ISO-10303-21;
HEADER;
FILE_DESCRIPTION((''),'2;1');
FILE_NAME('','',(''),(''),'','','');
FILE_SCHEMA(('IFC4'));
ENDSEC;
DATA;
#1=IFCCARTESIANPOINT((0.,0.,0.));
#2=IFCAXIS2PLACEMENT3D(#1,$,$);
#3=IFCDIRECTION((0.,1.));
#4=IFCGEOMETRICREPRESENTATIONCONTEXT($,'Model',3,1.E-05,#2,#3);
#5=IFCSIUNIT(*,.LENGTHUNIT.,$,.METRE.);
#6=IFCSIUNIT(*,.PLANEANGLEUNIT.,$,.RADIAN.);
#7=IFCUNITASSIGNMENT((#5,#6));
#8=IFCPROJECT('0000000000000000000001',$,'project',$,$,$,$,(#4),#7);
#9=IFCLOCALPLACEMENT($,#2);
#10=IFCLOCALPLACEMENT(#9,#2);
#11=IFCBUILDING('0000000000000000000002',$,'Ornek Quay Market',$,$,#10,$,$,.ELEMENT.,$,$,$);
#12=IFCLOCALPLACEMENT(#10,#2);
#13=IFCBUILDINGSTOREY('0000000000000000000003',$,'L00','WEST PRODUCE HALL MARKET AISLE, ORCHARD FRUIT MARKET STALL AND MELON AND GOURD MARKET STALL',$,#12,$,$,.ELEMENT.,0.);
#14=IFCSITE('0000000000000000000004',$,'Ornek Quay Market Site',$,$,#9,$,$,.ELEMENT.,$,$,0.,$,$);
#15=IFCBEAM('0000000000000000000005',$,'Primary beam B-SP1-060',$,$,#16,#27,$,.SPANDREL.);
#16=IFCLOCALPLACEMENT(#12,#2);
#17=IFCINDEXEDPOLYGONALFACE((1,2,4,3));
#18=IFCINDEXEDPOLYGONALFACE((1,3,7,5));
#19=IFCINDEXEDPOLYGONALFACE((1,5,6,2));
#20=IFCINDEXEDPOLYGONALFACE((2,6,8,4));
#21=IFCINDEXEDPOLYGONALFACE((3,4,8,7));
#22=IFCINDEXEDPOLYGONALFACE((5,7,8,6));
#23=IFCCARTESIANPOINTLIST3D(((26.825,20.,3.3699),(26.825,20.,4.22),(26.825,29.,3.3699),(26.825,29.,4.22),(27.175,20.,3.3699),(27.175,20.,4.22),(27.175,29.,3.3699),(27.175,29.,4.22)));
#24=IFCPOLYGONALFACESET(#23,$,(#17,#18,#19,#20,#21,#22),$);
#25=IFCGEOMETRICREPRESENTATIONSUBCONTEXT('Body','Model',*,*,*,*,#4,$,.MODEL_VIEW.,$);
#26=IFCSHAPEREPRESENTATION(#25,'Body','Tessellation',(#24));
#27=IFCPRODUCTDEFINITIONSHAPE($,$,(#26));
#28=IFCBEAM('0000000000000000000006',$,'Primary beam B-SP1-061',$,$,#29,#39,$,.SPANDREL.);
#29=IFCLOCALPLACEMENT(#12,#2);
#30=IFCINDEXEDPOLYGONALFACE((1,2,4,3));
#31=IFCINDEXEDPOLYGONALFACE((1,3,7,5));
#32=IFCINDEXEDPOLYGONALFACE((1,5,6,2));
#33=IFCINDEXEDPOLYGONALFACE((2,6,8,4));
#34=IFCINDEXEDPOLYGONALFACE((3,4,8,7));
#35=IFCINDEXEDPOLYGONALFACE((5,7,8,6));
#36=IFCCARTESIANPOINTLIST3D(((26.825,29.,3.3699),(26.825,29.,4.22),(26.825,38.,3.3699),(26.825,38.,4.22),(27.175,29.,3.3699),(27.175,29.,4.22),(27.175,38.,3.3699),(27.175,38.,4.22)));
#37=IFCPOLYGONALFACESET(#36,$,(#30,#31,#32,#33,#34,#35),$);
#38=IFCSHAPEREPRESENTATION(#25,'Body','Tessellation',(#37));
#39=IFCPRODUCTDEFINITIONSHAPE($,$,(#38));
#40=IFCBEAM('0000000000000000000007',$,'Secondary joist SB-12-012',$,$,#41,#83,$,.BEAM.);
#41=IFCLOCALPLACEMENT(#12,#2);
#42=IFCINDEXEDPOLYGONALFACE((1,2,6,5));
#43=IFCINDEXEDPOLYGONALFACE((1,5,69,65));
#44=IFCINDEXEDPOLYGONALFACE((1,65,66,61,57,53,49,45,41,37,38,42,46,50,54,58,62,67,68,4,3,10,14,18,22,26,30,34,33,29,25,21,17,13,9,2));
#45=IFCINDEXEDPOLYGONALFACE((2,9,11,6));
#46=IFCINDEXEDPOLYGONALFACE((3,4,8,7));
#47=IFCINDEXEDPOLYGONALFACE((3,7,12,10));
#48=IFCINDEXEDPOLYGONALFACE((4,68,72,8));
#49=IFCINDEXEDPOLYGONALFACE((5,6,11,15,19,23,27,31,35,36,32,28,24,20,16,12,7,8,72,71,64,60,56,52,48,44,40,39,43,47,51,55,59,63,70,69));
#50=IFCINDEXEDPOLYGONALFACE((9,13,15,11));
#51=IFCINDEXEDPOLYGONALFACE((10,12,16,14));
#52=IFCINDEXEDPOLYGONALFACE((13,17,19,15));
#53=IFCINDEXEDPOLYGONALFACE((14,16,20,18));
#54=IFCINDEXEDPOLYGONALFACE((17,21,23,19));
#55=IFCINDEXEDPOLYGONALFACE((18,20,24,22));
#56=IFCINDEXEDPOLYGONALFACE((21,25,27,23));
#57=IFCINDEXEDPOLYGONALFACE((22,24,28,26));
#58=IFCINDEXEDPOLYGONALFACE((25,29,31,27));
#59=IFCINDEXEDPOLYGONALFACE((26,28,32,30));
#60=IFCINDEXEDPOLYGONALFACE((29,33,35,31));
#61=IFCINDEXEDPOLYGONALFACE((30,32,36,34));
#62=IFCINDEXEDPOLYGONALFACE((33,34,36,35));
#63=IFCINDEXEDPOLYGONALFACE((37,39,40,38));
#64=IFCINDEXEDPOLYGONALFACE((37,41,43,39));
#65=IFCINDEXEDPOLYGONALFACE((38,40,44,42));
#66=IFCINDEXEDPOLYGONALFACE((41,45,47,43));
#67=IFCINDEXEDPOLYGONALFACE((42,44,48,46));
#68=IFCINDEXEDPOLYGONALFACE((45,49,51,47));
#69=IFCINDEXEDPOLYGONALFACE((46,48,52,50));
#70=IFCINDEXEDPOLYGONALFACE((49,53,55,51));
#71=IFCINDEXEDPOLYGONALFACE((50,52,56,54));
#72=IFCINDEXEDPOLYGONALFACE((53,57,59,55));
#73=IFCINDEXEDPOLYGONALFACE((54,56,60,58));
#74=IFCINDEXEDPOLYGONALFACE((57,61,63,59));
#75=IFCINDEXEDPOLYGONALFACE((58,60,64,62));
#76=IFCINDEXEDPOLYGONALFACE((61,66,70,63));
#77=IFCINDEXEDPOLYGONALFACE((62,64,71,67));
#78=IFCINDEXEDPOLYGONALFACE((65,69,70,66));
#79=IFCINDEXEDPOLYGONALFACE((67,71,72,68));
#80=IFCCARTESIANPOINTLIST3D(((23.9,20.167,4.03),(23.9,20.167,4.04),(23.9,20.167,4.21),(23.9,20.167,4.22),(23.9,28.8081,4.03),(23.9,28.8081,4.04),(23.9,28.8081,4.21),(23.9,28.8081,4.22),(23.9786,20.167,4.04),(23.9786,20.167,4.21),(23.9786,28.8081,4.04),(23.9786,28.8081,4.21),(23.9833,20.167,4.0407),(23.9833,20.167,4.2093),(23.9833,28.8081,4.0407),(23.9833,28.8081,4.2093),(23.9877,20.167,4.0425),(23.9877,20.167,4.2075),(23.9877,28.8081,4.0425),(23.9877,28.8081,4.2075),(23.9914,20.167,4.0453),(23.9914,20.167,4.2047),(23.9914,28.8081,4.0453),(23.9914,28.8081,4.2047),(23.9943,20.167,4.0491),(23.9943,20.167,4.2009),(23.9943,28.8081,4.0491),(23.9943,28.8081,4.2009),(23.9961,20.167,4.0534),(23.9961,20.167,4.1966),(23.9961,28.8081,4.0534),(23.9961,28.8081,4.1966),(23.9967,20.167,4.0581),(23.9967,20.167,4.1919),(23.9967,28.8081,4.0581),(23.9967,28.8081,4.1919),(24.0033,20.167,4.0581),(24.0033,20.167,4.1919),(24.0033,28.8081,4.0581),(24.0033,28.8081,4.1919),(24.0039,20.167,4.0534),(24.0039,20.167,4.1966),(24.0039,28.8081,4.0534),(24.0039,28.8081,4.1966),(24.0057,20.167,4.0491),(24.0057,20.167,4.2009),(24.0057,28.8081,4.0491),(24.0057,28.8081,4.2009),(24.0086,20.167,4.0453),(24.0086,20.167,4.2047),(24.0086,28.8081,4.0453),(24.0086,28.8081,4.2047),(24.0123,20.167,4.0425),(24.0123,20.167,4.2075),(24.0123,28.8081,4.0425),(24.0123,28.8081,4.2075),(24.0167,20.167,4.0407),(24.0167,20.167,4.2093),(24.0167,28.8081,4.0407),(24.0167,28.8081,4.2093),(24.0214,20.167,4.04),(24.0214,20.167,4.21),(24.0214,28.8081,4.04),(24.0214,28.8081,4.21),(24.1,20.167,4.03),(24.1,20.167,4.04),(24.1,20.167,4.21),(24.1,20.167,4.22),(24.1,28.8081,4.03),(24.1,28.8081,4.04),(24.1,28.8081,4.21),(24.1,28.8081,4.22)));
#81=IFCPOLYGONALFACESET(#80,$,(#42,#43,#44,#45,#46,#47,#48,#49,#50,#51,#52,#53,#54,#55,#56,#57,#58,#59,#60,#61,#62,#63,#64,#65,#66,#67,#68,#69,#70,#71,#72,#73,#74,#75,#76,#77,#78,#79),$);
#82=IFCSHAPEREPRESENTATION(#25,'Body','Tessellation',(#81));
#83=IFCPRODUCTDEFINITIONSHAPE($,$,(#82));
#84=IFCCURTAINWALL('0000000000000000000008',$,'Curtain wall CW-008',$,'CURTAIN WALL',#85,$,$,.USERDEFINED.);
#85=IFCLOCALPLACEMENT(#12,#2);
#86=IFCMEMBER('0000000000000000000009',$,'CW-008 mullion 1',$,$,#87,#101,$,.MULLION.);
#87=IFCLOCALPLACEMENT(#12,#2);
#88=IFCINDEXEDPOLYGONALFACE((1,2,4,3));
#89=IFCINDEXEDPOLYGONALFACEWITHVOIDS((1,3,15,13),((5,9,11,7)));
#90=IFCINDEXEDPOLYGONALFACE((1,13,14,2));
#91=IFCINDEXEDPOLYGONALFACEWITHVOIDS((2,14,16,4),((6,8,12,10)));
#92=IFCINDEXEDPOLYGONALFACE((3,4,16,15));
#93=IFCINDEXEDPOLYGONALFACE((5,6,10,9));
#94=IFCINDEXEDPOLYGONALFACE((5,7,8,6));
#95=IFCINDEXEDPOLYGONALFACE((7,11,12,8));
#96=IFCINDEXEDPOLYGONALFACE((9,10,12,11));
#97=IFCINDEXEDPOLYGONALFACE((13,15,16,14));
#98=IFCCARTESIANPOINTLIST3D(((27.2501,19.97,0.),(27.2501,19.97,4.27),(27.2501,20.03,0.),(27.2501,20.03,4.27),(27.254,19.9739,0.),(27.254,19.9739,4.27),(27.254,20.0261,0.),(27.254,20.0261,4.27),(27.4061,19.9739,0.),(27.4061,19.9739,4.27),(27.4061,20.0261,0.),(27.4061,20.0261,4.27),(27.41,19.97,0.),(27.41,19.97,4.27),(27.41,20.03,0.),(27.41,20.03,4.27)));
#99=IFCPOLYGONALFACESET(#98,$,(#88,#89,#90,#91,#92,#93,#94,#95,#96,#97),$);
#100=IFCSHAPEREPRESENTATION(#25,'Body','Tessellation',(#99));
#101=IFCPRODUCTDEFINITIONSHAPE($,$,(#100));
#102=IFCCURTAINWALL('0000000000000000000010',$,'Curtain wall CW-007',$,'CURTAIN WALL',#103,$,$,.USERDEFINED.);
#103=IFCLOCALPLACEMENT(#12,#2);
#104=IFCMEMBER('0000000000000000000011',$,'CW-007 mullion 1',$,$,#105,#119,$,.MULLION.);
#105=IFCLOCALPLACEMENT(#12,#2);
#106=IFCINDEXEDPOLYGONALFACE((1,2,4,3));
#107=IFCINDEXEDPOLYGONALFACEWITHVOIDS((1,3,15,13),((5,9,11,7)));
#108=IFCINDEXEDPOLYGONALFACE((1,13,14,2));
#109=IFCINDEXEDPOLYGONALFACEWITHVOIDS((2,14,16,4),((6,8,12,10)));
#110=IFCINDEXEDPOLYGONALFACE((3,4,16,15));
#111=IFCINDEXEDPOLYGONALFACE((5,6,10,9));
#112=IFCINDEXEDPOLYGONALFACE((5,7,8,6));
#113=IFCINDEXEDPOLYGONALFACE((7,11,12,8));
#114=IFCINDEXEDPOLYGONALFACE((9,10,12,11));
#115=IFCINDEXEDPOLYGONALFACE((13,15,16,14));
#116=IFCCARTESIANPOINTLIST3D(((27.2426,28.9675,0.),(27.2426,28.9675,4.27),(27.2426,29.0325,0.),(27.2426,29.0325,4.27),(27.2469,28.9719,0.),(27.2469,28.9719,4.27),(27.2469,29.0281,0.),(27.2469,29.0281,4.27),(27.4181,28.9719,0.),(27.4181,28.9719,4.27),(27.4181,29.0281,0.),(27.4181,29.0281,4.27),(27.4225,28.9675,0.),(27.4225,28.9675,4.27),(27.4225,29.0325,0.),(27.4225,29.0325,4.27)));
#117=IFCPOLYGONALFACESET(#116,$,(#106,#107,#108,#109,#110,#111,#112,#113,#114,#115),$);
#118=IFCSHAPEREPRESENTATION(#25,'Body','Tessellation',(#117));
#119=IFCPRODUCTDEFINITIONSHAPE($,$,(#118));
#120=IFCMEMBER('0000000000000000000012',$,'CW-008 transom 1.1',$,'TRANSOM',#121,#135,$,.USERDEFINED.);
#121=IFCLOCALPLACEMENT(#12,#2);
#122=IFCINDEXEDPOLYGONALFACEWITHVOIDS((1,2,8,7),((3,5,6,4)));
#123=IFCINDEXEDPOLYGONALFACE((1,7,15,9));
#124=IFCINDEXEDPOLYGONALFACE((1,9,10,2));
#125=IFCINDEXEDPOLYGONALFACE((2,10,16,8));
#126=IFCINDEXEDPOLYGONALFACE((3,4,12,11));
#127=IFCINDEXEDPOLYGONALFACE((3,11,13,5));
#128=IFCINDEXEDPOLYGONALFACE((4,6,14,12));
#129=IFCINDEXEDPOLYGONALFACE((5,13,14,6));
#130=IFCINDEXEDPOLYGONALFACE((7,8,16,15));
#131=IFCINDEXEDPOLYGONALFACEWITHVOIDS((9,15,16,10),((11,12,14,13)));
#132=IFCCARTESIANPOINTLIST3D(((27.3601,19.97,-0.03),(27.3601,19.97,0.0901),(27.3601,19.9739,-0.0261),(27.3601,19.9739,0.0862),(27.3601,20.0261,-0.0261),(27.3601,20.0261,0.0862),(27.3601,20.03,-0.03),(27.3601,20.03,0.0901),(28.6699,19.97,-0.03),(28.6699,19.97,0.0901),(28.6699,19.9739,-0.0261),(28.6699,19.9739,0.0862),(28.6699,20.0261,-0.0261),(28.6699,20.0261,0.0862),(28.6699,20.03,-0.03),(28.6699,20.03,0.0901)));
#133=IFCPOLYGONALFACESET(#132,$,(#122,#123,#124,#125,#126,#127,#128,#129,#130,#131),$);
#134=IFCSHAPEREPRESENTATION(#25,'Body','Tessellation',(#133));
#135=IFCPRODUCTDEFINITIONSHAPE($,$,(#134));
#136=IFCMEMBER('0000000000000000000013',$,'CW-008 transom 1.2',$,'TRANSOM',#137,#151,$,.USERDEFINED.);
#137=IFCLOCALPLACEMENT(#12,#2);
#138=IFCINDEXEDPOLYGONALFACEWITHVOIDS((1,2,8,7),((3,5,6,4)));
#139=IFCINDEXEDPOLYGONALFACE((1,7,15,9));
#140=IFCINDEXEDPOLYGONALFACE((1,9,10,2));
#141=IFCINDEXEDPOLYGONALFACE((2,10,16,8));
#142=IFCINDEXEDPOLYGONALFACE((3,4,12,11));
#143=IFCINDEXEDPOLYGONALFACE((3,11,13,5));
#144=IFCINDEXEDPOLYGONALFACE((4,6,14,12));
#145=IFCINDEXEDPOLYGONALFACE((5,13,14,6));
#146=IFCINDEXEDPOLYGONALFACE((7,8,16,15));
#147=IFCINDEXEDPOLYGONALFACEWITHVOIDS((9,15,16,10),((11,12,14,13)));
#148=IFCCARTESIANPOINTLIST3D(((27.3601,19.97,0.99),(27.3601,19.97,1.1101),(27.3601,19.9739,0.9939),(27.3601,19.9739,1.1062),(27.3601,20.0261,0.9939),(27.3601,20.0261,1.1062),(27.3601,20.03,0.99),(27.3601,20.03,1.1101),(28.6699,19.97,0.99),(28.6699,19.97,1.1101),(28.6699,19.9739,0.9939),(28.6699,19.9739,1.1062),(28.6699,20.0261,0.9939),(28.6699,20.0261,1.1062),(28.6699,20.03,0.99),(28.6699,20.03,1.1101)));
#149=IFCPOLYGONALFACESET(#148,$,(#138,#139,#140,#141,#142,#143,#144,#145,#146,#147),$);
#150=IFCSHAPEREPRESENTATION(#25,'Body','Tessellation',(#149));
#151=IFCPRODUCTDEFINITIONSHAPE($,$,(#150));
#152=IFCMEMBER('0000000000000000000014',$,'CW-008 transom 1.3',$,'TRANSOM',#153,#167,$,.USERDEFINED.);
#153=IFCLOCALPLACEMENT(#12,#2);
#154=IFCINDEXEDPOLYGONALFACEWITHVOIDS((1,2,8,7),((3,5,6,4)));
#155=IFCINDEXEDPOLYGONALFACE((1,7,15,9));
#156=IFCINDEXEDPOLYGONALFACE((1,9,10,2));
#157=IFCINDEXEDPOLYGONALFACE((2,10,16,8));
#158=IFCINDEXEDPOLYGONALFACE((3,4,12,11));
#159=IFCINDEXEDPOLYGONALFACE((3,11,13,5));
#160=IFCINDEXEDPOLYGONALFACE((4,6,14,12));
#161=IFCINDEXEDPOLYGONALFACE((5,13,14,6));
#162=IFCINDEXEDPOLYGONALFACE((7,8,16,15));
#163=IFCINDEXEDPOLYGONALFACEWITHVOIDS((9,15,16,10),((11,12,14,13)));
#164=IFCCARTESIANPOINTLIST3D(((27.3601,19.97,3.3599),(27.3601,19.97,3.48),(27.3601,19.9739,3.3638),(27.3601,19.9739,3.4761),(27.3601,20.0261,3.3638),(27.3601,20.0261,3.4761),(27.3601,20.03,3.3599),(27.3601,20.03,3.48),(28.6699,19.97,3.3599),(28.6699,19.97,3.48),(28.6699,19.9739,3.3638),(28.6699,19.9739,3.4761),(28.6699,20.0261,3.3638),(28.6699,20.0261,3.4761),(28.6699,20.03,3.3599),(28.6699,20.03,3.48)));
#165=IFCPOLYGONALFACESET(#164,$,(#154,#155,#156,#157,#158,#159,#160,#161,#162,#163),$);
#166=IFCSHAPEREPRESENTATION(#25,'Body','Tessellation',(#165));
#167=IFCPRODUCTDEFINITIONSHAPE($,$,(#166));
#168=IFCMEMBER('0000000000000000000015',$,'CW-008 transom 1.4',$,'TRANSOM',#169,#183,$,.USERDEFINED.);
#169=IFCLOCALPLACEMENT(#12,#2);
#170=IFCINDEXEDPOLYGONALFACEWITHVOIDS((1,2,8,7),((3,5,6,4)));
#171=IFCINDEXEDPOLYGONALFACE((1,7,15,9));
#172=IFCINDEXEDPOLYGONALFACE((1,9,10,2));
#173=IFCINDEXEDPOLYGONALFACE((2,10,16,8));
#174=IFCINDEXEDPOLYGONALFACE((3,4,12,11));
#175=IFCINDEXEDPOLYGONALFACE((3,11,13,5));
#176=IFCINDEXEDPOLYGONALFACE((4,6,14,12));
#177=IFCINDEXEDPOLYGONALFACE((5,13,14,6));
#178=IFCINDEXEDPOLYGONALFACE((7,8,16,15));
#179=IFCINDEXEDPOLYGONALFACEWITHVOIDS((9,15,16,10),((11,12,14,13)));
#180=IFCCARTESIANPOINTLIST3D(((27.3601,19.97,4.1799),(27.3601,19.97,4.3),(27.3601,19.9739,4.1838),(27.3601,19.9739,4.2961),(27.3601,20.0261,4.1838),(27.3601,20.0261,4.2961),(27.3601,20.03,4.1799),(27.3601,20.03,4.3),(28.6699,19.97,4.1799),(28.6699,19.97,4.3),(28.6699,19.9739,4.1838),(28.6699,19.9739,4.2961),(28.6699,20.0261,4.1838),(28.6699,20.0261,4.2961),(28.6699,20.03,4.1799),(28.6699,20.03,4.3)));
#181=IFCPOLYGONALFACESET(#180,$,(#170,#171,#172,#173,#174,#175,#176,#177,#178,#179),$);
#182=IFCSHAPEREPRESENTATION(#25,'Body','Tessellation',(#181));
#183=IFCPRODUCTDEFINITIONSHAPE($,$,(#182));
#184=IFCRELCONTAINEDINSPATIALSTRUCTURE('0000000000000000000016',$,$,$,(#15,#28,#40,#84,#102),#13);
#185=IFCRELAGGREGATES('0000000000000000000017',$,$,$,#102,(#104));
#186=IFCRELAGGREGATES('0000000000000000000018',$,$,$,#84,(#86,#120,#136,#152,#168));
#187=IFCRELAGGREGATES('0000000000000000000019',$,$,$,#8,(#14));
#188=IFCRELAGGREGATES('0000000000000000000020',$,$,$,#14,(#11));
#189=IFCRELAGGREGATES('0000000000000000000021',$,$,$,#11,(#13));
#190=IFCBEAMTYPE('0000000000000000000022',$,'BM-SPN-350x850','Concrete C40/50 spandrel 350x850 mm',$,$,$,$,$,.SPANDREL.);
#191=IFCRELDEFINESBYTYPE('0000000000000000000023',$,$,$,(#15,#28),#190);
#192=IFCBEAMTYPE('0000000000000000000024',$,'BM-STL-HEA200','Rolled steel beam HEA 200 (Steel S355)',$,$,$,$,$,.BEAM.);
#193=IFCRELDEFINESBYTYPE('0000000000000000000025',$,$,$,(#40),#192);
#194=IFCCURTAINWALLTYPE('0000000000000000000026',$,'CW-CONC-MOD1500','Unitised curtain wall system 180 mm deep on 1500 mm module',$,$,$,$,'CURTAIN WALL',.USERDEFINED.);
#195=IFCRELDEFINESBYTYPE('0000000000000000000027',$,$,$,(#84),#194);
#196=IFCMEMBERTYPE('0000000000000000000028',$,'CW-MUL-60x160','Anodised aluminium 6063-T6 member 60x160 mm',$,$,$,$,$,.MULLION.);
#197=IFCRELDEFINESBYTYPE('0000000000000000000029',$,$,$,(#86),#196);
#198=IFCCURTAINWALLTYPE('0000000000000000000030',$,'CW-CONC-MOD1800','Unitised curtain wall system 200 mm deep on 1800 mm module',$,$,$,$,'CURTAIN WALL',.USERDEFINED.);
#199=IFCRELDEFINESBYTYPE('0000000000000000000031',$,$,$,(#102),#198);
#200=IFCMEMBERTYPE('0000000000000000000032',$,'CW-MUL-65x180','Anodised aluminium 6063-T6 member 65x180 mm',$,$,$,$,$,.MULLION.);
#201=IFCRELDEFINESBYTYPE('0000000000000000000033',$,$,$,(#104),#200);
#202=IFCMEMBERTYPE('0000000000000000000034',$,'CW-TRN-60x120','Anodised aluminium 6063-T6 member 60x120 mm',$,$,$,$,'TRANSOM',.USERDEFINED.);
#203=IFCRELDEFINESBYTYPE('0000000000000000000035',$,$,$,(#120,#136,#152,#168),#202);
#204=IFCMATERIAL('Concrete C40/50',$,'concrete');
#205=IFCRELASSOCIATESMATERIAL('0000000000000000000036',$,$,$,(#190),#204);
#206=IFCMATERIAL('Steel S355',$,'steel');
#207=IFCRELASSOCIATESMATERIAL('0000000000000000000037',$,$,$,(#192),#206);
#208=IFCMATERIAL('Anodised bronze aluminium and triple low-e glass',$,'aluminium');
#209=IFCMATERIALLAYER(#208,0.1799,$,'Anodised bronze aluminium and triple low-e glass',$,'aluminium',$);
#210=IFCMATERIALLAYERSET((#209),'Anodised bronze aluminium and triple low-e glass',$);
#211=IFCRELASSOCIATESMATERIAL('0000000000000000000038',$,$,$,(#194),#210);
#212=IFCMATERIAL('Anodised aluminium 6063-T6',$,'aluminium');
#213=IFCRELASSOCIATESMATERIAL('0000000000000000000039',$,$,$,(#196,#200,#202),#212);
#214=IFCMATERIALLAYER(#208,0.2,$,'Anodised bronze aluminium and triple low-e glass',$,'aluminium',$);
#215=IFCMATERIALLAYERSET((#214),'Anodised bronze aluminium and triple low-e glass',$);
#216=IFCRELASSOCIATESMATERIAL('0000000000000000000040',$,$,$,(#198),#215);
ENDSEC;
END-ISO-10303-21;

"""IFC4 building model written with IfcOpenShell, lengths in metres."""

from ifc_helpers import new_model, si_unit, direction, frame, origin, origin_2d, place, context, subcontext, project, spatial, rectangle, hollow_rectangle, i_section, extrude, material, layer, layer_set, material_profile, profile_set, type_object, element, aggregate, save


model = new_model("IFC4")

# Units and contexts
model_context = context("Model", 3, precision=1e-05, world=origin(), true_north=direction((0.0, 1.0)))
body_context = subcontext(model_context, "Body", "Model", "MODEL_VIEW")
ifc_project = project(units=[si_unit("LENGTHUNIT", "METRE"), si_unit("PLANEANGLEUNIT", "RADIAN")], contexts=[model_context])

# Site, building, storey
site_placement = place(None, origin())
site = spatial("IfcSite", under=ifc_project, at=site_placement, Name="Ornek Quay Market Site", CompositionType="ELEMENT", RefElevation=0.0)
building_placement = place(site_placement, origin())
building = spatial("IfcBuilding", under=site, at=building_placement, Name="Ornek Quay Market", CompositionType="ELEMENT")
storey_placement = place(building_placement, origin())
storey = spatial("IfcBuildingStorey", under=building, at=storey_placement, Name="L00", Description="WEST PRODUCE HALL MARKET AISLE, ORCHARD FRUIT MARKET STALL AND MELON AND GOURD MARKET STALL", CompositionType="ELEMENT", Elevation=0.0)

# Shared definitions
ifc_material_1 = material(Name="Concrete C40/50", Category="concrete")

# Beams
ifc_material_profile_1 = material_profile(ifc_material_1, rectangle(XDim=0.3501, YDim=0.8501, at=origin_2d()), Name="RC 350x850", Category="concrete")
ifc_profile_set_1 = profile_set([ifc_material_profile_1], Name="Concrete C40/50")
beam_type_1 = type_object("IfcBeamType", Name="BM-SPN-350x850", Description="Concrete C40/50 spandrel 350x850 mm", PredefinedType="SPANDREL", material=ifc_profile_set_1)
for number, where, z_axis, x_axis, name in (
    (1, (27.0, 20.0, 3.7949), (0.0, 1.0, 0.0), (-1.0, 0.0, 0.0), "Primary beam B-SP1-060"),
    (2, (27.0, 29.0, 3.7949), (0.0, 1.0, 0.0), (-1.0, 0.0, 0.0), "Primary beam B-SP1-061"),
):
    element("IfcBeam", number, at=place(storey_placement, frame(where, z_axis=z_axis, x_axis=x_axis)), inside=storey, type_object=beam_type_1, Name=name, PredefinedType="SPANDREL", context=body_context, shape_type="SweptSolid", body=[
        extrude(rectangle(XDim=0.3501, YDim=0.8501, at=origin_2d()), origin(), (0.0, 0.0, 1.0), 9.0),
    ])
ifc_material_2 = material(Name="Steel S355", Category="steel")
ifc_material_profile_2 = material_profile(ifc_material_2, i_section(OverallWidth=0.2, OverallDepth=0.1899, WebThickness=0.0066, FlangeThickness=0.01, FilletRadius=0.0181, at=origin_2d()), Name="HEA 200", Category="steel")
ifc_profile_set_2 = profile_set([ifc_material_profile_2], Name="Steel S355")
beam_type_2 = type_object("IfcBeamType", Name="BM-STL-HEA200", Description="Rolled steel beam HEA 200 (Steel S355)", PredefinedType="BEAM", material=ifc_profile_set_2)
beam_1_placement = place(storey_placement, frame((24.0, 20.167, 4.125), z_axis=(0.0, 1.0, 0.0), x_axis=(-1.0, 0.0, 0.0)))
element("IfcBeam", 3, at=beam_1_placement, inside=storey, type_object=beam_type_2, Name="Secondary joist SB-12-012", PredefinedType="BEAM", context=body_context, shape_type="SweptSolid", body=[
    extrude(i_section(OverallWidth=0.2, OverallDepth=0.1899, WebThickness=0.0066, FlangeThickness=0.01, FilletRadius=0.0181, at=origin_2d()), origin(), (0.0, 0.0, 1.0), 8.6411),
])

# Curtain walls, members
ifc_material_3 = material(Name="Anodised bronze aluminium and triple low-e glass", Category="aluminium")
ifc_layer_1 = layer(ifc_material_3, 0.1799, Name="Anodised bronze aluminium and triple low-e glass", Category="aluminium")
ifc_layer_set_1 = layer_set([ifc_layer_1], Name="Anodised bronze aluminium and triple low-e glass")
curtain_wall_type_1 = type_object("IfcCurtainWallType", Name="CW-CONC-MOD1500", Description="Unitised curtain wall system 180 mm deep on 1500 mm module", ElementType="CURTAIN WALL", PredefinedType="USERDEFINED", material=ifc_layer_set_1)
curtain_wall_1_placement = place(storey_placement, origin())
curtain_wall_1 = element("IfcCurtainWall", 4, at=curtain_wall_1_placement, inside=storey, type_object=curtain_wall_type_1, Name="Curtain wall CW-008", ObjectType="CURTAIN WALL", PredefinedType="USERDEFINED")
ifc_material_4 = material(Name="Anodised aluminium 6063-T6", Category="aluminium")
ifc_material_profile_3 = material_profile(ifc_material_4, hollow_rectangle(XDim=0.0601, YDim=0.1599, WallThickness=0.0039, at=origin_2d()), Name="CW-MUL-60x160", Category="aluminium")
ifc_profile_set_3 = profile_set([ifc_material_profile_3], Name="Anodised aluminium 6063-T6")
member_type_1 = type_object("IfcMemberType", Name="CW-MUL-60x160", Description="Anodised aluminium 6063-T6 member 60x160 mm", PredefinedType="MULLION", material=ifc_profile_set_3)
member_1_placement = place(storey_placement, frame((27.3301, 20.0, 0.0), z_axis=(0.0, 0.0, 1.0), x_axis=(0.0, 1.0, 0.0)))
member_1 = element("IfcMember", 5, at=member_1_placement, type_object=member_type_1, Name="CW-008 mullion 1", PredefinedType="MULLION", context=body_context, shape_type="SweptSolid", body=[
    extrude(hollow_rectangle(XDim=0.0601, YDim=0.1599, WallThickness=0.0039, at=origin_2d()), origin(), (0.0, 0.0, 1.0), 4.27),
])
ifc_layer_2 = layer(ifc_material_3, 0.2, Name="Anodised bronze aluminium and triple low-e glass", Category="aluminium")
ifc_layer_set_2 = layer_set([ifc_layer_2], Name="Anodised bronze aluminium and triple low-e glass")
curtain_wall_type_2 = type_object("IfcCurtainWallType", Name="CW-CONC-MOD1800", Description="Unitised curtain wall system 200 mm deep on 1800 mm module", ElementType="CURTAIN WALL", PredefinedType="USERDEFINED", material=ifc_layer_set_2)
curtain_wall_2_placement = place(storey_placement, origin())
curtain_wall_2 = element("IfcCurtainWall", 6, at=curtain_wall_2_placement, inside=storey, type_object=curtain_wall_type_2, Name="Curtain wall CW-007", ObjectType="CURTAIN WALL", PredefinedType="USERDEFINED")
ifc_material_profile_4 = material_profile(ifc_material_4, hollow_rectangle(XDim=0.0649, YDim=0.1799, WallThickness=0.0044, at=origin_2d()), Name="CW-MUL-65x180", Category="aluminium")
ifc_profile_set_4 = profile_set([ifc_material_profile_4], Name="Anodised aluminium 6063-T6")
member_type_2 = type_object("IfcMemberType", Name="CW-MUL-65x180", Description="Anodised aluminium 6063-T6 member 65x180 mm", PredefinedType="MULLION", material=ifc_profile_set_4)
member_2_placement = place(storey_placement, frame((27.3325, 29.0, 0.0), z_axis=(0.0, 0.0, 1.0), x_axis=(0.0, 1.0, 0.0)))
member_2 = element("IfcMember", 7, at=member_2_placement, type_object=member_type_2, Name="CW-007 mullion 1", PredefinedType="MULLION", context=body_context, shape_type="SweptSolid", body=[
    extrude(hollow_rectangle(XDim=0.0649, YDim=0.1799, WallThickness=0.0044, at=origin_2d()), origin(), (0.0, 0.0, 1.0), 4.27),
])
aggregate(curtain_wall_2, [member_2])

# Members
ifc_material_profile_5 = material_profile(ifc_material_4, hollow_rectangle(XDim=0.0601, YDim=0.1201, WallThickness=0.0039, at=origin_2d()), Name="CW-TRN-60x120", Category="aluminium")
ifc_profile_set_5 = profile_set([ifc_material_profile_5], Name="Anodised aluminium 6063-T6")
member_type_3 = type_object("IfcMemberType", Name="CW-TRN-60x120", Description="Anodised aluminium 6063-T6 member 60x120 mm", ElementType="TRANSOM", PredefinedType="USERDEFINED", material=ifc_profile_set_5)
member_3_placement = place(storey_placement, frame((27.3601, 20.0, 0.03), z_axis=(1.0, 0.0, 0.0), x_axis=(0.0, 1.0, 0.0)))
member_3 = element("IfcMember", 8, at=member_3_placement, type_object=member_type_3, Name="CW-008 transom 1.1", ObjectType="TRANSOM", PredefinedType="USERDEFINED", context=body_context, shape_type="SweptSolid", body=[
    extrude(hollow_rectangle(XDim=0.0601, YDim=0.1201, WallThickness=0.0039, at=origin_2d()), origin(), (0.0, 0.0, 1.0), 1.3098),
])
member_4_placement = place(storey_placement, frame((27.3601, 20.0, 1.05), z_axis=(1.0, 0.0, 0.0), x_axis=(0.0, 1.0, 0.0)))
member_4 = element("IfcMember", 9, at=member_4_placement, type_object=member_type_3, Name="CW-008 transom 1.2", ObjectType="TRANSOM", PredefinedType="USERDEFINED", context=body_context, shape_type="SweptSolid", body=[
    extrude(hollow_rectangle(XDim=0.0601, YDim=0.1201, WallThickness=0.0039, at=origin_2d()), origin(), (0.0, 0.0, 1.0), 1.3098),
])
member_5_placement = place(storey_placement, frame((27.3601, 20.0, 3.4199), z_axis=(1.0, 0.0, 0.0), x_axis=(0.0, 1.0, 0.0)))
member_5 = element("IfcMember", 10, at=member_5_placement, type_object=member_type_3, Name="CW-008 transom 1.3", ObjectType="TRANSOM", PredefinedType="USERDEFINED", context=body_context, shape_type="SweptSolid", body=[
    extrude(hollow_rectangle(XDim=0.0601, YDim=0.1201, WallThickness=0.0039, at=origin_2d()), origin(), (0.0, 0.0, 1.0), 1.3098),
])
member_6_placement = place(storey_placement, frame((27.3601, 20.0, 4.24), z_axis=(1.0, 0.0, 0.0), x_axis=(0.0, 1.0, 0.0)))
member_6 = element("IfcMember", 11, at=member_6_placement, type_object=member_type_3, Name="CW-008 transom 1.4", ObjectType="TRANSOM", PredefinedType="USERDEFINED", context=body_context, shape_type="SweptSolid", body=[
    extrude(hollow_rectangle(XDim=0.0601, YDim=0.1201, WallThickness=0.0039, at=origin_2d()), origin(), (0.0, 0.0, 1.0), 1.3098),
])
aggregate(curtain_wall_1, [member_1, member_3, member_4, member_5, member_6])

save(model, "model.ifc")
